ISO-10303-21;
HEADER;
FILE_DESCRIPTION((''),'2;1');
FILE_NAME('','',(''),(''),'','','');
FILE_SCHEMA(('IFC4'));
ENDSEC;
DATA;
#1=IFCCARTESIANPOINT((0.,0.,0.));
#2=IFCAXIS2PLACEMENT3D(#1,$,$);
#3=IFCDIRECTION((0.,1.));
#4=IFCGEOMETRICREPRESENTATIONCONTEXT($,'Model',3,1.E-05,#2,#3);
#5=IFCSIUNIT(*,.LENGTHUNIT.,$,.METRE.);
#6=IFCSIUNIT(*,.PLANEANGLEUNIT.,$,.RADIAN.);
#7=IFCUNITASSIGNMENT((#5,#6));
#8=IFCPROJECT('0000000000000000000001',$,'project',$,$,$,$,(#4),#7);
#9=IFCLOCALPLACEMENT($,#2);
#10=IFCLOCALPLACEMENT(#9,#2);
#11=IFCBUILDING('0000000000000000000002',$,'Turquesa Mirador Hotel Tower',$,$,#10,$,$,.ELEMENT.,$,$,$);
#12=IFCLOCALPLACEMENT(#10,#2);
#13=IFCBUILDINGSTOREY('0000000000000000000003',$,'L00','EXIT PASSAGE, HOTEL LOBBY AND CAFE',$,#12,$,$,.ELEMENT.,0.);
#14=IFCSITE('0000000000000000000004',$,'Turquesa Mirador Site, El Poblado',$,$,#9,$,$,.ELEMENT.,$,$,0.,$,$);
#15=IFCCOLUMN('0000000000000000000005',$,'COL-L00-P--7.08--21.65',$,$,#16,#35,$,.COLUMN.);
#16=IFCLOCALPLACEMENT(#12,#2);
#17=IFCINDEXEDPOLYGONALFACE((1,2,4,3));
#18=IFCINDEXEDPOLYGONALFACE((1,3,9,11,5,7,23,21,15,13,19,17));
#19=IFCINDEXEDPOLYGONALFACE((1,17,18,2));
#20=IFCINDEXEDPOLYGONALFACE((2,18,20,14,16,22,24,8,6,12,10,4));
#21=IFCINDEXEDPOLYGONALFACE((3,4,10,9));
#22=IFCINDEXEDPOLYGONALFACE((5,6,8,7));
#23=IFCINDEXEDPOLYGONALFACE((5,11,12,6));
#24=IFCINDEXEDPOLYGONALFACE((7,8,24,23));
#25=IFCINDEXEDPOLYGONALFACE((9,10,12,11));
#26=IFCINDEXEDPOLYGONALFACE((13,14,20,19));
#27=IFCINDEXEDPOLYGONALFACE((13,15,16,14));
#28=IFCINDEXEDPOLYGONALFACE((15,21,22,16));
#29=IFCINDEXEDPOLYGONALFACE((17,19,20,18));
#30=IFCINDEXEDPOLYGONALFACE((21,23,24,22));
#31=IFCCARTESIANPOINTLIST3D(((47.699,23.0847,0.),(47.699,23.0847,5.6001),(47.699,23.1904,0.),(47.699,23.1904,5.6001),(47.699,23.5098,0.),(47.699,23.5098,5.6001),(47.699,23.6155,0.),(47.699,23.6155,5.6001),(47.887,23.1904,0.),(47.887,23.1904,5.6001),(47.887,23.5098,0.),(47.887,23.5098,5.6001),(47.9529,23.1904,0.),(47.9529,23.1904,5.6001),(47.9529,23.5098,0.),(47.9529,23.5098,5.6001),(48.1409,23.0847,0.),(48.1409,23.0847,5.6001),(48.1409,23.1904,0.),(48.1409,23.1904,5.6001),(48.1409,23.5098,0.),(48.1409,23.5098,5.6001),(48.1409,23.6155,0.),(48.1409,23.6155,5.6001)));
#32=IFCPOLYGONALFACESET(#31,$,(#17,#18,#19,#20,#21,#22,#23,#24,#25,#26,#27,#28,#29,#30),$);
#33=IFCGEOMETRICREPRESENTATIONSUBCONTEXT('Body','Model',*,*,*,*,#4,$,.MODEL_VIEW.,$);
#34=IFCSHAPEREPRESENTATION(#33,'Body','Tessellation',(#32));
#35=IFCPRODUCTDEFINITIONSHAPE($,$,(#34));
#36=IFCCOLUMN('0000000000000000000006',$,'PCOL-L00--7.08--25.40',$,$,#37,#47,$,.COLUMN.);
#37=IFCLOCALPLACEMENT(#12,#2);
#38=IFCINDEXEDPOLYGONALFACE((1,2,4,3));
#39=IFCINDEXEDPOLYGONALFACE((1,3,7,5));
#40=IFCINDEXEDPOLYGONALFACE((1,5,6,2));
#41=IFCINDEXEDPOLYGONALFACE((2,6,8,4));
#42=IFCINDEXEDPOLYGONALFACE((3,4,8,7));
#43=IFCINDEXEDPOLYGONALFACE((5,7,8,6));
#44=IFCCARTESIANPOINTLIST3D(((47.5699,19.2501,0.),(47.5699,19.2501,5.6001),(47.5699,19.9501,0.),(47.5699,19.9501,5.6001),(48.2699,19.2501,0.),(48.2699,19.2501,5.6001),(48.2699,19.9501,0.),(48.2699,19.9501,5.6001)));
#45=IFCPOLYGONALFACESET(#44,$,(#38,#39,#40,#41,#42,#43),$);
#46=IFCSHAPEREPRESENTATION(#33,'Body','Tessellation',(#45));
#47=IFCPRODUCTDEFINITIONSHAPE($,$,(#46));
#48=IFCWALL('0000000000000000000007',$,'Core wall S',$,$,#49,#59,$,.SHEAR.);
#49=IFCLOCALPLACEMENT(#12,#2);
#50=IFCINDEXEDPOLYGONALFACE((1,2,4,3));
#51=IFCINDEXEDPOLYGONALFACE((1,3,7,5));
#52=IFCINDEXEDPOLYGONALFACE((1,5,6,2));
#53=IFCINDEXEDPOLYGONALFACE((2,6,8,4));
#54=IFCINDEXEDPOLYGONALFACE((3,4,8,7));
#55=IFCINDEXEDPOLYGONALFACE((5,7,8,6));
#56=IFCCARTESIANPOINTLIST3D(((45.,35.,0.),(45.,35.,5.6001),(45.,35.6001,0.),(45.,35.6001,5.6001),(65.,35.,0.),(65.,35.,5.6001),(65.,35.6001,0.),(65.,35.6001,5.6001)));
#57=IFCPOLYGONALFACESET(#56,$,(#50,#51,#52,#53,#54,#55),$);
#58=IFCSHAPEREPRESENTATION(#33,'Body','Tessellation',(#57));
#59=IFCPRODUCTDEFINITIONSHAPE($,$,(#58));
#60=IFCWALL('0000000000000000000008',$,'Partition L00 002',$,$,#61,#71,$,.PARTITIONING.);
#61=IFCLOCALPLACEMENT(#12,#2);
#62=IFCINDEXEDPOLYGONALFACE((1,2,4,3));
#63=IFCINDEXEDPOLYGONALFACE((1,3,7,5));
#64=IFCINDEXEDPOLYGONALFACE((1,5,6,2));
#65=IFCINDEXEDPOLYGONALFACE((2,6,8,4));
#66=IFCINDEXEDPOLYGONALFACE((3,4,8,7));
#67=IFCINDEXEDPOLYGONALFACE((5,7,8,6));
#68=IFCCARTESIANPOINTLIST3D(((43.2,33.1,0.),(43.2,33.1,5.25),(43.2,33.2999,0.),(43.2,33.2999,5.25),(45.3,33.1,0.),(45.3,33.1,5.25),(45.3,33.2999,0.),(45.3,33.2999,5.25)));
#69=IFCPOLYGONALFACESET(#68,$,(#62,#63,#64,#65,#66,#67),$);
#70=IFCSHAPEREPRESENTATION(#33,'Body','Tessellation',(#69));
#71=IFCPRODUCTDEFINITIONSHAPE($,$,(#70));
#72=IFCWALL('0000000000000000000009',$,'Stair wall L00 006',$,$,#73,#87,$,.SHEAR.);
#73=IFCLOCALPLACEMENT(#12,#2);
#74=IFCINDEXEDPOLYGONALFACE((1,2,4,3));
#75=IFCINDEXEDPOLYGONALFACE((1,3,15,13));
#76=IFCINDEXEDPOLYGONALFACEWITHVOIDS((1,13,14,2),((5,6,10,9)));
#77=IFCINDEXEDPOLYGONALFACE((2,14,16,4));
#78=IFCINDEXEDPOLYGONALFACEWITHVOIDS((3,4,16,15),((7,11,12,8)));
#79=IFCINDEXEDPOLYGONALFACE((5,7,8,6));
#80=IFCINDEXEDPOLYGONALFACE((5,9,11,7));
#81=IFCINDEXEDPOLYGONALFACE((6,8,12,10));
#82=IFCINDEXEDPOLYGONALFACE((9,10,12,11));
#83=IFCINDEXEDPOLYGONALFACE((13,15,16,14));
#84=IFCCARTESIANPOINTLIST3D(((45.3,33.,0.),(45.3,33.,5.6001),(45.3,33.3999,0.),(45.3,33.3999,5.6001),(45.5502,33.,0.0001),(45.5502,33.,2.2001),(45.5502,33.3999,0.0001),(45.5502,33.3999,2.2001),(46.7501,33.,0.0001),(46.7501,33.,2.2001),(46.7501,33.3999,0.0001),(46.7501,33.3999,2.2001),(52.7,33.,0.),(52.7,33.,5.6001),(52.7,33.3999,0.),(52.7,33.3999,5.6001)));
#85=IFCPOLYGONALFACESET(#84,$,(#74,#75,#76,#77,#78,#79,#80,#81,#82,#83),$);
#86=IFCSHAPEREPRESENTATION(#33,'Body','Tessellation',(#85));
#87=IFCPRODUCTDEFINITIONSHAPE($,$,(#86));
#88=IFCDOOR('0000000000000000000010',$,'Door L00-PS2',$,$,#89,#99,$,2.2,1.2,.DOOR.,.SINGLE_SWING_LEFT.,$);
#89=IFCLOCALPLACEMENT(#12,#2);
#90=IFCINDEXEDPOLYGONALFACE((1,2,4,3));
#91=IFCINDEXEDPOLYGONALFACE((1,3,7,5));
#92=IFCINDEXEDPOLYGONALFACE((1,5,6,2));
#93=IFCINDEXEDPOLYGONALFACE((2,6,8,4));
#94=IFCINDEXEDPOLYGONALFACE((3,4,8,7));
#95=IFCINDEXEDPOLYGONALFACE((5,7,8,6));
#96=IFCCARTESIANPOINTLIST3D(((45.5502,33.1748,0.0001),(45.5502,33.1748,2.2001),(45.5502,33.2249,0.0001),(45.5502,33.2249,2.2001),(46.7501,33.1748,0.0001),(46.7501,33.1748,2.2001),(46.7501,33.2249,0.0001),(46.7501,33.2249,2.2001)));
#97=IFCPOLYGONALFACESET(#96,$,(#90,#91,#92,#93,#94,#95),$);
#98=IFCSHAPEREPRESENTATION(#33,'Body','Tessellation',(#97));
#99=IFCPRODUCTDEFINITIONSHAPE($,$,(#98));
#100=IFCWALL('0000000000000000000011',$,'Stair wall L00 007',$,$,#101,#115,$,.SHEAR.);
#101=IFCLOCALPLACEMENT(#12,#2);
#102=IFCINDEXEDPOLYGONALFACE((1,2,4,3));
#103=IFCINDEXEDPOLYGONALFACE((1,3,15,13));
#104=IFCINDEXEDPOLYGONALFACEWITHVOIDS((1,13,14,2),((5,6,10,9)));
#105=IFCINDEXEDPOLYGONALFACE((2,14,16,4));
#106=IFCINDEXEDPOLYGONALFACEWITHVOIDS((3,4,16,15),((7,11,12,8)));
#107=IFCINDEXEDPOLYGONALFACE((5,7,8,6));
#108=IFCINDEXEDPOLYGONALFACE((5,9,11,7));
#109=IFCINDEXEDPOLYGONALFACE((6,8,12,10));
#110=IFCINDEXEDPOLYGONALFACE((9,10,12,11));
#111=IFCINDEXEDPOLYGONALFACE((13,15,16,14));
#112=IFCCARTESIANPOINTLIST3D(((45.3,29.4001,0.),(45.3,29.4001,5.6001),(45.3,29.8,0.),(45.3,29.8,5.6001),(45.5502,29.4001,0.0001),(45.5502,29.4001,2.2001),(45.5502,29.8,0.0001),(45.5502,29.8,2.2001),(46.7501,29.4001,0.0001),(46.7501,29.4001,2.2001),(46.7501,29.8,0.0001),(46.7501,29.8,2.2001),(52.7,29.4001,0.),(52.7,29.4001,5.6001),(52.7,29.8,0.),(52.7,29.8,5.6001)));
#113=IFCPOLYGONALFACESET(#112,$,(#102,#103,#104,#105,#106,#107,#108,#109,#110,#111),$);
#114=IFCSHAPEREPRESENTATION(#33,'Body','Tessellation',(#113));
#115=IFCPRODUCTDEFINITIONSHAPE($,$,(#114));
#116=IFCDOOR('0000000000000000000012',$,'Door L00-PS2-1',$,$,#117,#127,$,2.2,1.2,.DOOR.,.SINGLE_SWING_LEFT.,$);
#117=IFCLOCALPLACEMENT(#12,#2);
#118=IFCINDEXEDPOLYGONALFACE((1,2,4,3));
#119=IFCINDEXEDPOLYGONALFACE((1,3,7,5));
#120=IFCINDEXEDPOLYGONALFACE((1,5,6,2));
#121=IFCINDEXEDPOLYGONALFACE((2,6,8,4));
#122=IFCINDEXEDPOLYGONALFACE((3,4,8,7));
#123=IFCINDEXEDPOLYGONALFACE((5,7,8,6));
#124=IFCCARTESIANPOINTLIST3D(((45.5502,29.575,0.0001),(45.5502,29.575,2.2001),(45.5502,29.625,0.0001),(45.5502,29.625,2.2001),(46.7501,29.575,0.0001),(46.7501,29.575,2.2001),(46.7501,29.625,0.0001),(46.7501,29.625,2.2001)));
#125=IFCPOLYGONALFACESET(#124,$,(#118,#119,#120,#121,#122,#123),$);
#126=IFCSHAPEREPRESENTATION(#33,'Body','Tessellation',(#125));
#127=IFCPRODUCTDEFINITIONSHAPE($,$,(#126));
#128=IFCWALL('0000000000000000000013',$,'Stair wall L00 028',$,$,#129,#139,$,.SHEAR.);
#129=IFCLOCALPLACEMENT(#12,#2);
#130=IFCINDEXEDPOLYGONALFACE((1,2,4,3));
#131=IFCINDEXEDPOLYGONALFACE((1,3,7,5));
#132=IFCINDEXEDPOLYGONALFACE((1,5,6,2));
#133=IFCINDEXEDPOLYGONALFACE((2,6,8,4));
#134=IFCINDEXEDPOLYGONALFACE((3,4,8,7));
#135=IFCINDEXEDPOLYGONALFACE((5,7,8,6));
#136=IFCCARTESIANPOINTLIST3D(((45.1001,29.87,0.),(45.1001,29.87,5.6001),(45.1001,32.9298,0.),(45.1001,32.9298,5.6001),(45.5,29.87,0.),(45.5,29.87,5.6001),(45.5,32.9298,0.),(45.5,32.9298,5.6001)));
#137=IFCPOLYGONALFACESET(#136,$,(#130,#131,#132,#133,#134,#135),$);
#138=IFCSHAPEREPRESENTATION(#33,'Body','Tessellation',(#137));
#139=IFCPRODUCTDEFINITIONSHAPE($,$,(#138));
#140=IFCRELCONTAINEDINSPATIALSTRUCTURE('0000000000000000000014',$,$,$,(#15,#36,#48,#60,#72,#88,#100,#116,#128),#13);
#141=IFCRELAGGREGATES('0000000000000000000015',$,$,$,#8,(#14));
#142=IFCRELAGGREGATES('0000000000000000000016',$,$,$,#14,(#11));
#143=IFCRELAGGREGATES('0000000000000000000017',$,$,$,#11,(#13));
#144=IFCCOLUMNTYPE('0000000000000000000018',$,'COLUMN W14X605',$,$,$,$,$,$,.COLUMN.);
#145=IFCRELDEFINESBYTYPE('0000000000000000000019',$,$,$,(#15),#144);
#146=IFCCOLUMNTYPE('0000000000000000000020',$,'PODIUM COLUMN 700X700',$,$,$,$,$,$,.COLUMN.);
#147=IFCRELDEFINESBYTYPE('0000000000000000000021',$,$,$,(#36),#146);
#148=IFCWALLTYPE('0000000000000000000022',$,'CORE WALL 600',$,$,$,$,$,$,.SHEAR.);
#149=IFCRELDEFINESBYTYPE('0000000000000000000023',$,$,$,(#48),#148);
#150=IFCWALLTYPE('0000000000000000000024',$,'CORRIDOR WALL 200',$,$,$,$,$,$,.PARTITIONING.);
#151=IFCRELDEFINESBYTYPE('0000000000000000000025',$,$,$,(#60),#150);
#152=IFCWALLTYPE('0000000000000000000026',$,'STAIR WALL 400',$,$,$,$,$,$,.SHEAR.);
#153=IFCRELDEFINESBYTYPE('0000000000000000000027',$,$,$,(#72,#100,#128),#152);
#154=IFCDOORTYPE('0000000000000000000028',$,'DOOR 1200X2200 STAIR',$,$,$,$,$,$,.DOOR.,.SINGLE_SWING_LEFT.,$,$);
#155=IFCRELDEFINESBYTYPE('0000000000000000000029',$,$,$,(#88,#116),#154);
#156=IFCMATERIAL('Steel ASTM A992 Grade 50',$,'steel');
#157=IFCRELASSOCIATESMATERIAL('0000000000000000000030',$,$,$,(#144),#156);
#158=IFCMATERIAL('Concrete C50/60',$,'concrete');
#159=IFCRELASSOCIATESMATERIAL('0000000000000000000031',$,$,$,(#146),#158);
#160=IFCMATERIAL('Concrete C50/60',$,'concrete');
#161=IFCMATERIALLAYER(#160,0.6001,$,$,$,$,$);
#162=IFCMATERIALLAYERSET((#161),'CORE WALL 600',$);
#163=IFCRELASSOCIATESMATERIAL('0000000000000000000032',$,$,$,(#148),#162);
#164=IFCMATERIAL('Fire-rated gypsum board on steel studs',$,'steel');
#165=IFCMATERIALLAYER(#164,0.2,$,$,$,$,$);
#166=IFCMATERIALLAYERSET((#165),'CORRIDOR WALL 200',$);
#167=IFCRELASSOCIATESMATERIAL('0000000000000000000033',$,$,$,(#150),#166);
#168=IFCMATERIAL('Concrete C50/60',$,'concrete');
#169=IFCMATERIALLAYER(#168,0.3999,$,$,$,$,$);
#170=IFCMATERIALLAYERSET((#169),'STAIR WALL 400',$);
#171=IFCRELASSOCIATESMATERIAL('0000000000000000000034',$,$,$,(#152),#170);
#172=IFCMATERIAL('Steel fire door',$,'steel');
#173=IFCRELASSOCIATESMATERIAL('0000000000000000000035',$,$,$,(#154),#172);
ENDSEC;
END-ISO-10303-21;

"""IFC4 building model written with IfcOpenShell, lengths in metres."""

from ifc_helpers import new_model, si_unit, direction, frame, frame_2d, origin, origin_2d, place, context, subcontext, project, spatial, rectangle, i_section, extrude, material, layer, layer_set, material_profile, profile_set, type_object, element, fill, save


model = new_model("IFC4")

# Units and contexts
model_context = context("Model", 3, precision=1e-05, world=origin(), true_north=direction((0.0, 1.0)))
body_context = subcontext(model_context, "Body", "Model", "MODEL_VIEW")
ifc_project = project(units=[si_unit("LENGTHUNIT", "METRE"), si_unit("PLANEANGLEUNIT", "RADIAN")], contexts=[model_context])

# Site, building, storey
site_placement = place(None, origin())
site = spatial("IfcSite", under=ifc_project, at=site_placement, Name="Turquesa Mirador Site, El Poblado", CompositionType="ELEMENT", RefElevation=0.0)
building_placement = place(site_placement, origin())
building = spatial("IfcBuilding", under=site, at=building_placement, Name="Turquesa Mirador Hotel Tower", CompositionType="ELEMENT")
storey_placement = place(building_placement, origin())
storey = spatial("IfcBuildingStorey", under=building, at=storey_placement, Name="L00", Description="EXIT PASSAGE, HOTEL LOBBY AND CAFE", CompositionType="ELEMENT", Elevation=0.0)

# Columns
ifc_material_1 = material(Name="Steel ASTM A992 Grade 50", Category="steel")
ifc_material_profile_1 = material_profile(ifc_material_1, i_section(OverallWidth=0.4419, OverallDepth=0.5308, WebThickness=0.0659, FlangeThickness=0.1057, at=origin_2d()), Name="W14X605")
ifc_profile_set_1 = profile_set([ifc_material_profile_1], Name="Steel ASTM A992 Grade 50")
column_type_1 = type_object("IfcColumnType", Name="COLUMN W14X605", PredefinedType="COLUMN", material=ifc_profile_set_1)
column_1_placement = place(storey_placement, frame((47.9199, 23.3501, 0.0), z_axis=(0.0, 0.0, 1.0), x_axis=(1.0, 0.0, 0.0)))
element("IfcColumn", 1, at=column_1_placement, inside=storey, type_object=column_type_1, Name="COL-L00-P--7.08--21.65", PredefinedType="COLUMN", context=body_context, shape_type="SweptSolid", body=[
    extrude(i_section(OverallWidth=0.4419, OverallDepth=0.5308, WebThickness=0.0659, FlangeThickness=0.1057, at=origin_2d()), origin(), (0.0, 0.0, 1.0), 5.6001),
])
ifc_material_2 = material(Name="Concrete C50/60", Category="concrete")
ifc_material_profile_2 = material_profile(ifc_material_2, rectangle(XDim=0.7, YDim=0.7, at=origin_2d()), Name="RC 700X700")
ifc_profile_set_2 = profile_set([ifc_material_profile_2], Name="Concrete C50/60")
column_type_2 = type_object("IfcColumnType", Name="PODIUM COLUMN 700X700", PredefinedType="COLUMN", material=ifc_profile_set_2)
column_2_placement = place(storey_placement, frame((47.9199, 19.6001, 0.0), z_axis=(0.0, 0.0, 1.0), x_axis=(1.0, 0.0, 0.0)))
element("IfcColumn", 2, at=column_2_placement, inside=storey, type_object=column_type_2, Name="PCOL-L00--7.08--25.40", PredefinedType="COLUMN", context=body_context, shape_type="SweptSolid", body=[
    extrude(rectangle(XDim=0.7, YDim=0.7, at=origin_2d()), origin(), (0.0, 0.0, 1.0), 5.6001),
])

# Walls
ifc_material_3 = material(Name="Concrete C50/60", Category="concrete")
ifc_layer_1 = layer(ifc_material_3, 0.6001)
ifc_layer_set_1 = layer_set([ifc_layer_1], Name="CORE WALL 600")
wall_type_1 = type_object("IfcWallType", Name="CORE WALL 600", PredefinedType="SHEAR", material=ifc_layer_set_1)
wall_1_placement = place(storey_placement, frame((45.0, 35.3, 0.0), z_axis=(0.0, 0.0, 1.0), x_axis=(1.0, 0.0, 0.0)))
element("IfcWall", 3, at=wall_1_placement, inside=storey, type_object=wall_type_1, Name="Core wall S", PredefinedType="SHEAR", context=body_context, shape_type="SweptSolid", body=[
    extrude(rectangle(XDim=20.0, YDim=0.6001, at=frame_2d((10.0, 0.0))), origin(), (0.0, 0.0, 1.0), 5.6001),
])
ifc_material_4 = material(Name="Fire-rated gypsum board on steel studs", Category="steel")
ifc_layer_2 = layer(ifc_material_4, 0.2)
ifc_layer_set_2 = layer_set([ifc_layer_2], Name="CORRIDOR WALL 200")
wall_type_2 = type_object("IfcWallType", Name="CORRIDOR WALL 200", PredefinedType="PARTITIONING", material=ifc_layer_set_2)
wall_2_placement = place(storey_placement, frame((43.2, 33.2, 0.0), z_axis=(0.0, 0.0, 1.0), x_axis=(1.0, 0.0, 0.0)))
element("IfcWall", 4, at=wall_2_placement, inside=storey, type_object=wall_type_2, Name="Partition L00 002", PredefinedType="PARTITIONING", context=body_context, shape_type="SweptSolid", body=[
    extrude(rectangle(XDim=2.1001, YDim=0.2, at=frame_2d((1.05, 0.0))), origin(), (0.0, 0.0, 1.0), 5.25),
])

# Walls, openings, doors
ifc_material_5 = material(Name="Concrete C50/60", Category="concrete")
ifc_layer_3 = layer(ifc_material_5, 0.3999)
ifc_layer_set_3 = layer_set([ifc_layer_3], Name="STAIR WALL 400")
wall_type_3 = type_object("IfcWallType", Name="STAIR WALL 400", PredefinedType="SHEAR", material=ifc_layer_set_3)
wall_3_placement = place(storey_placement, frame((45.3, 33.2, 0.0), z_axis=(0.0, 0.0, 1.0), x_axis=(1.0, 0.0, 0.0)))
wall_3 = element("IfcWall", 5, at=wall_3_placement, inside=storey, type_object=wall_type_3, Name="Stair wall L00 006", PredefinedType="SHEAR", context=body_context, shape_type="SweptSolid", body=[
    extrude(rectangle(XDim=7.3999, YDim=0.3999, at=frame_2d((3.7, 0.0))), origin(), (0.0, 0.0, 1.0), 5.6001),
])
opening_1_placement = place(wall_3_placement, frame((0.25, 0.0, 0.0)))
opening_1 = element("IfcOpeningElement", 6, at=opening_1_placement, cuts=wall_3, PredefinedType="OPENING", context=body_context, shape_type="SweptSolid", body=[
    extrude(rectangle(XDim=1.2, YDim=2.2, at=frame_2d((0.6001, 1.1001))), frame((0.0, 0.21, 0.0), z_axis=(0.0, -1.0, 0.0), x_axis=(1.0, 0.0, 0.0)), (0.0, 0.0, 1.0), 0.4199),
])
ifc_material_6 = material(Name="Steel fire door", Category="steel")
door_type = type_object("IfcDoorType", Name="DOOR 1200X2200 STAIR", OperationType="SINGLE_SWING_LEFT", PredefinedType="DOOR", material=ifc_material_6)
door_1_placement = place(opening_1_placement, origin())
door_1 = element("IfcDoor", 7, at=door_1_placement, inside=storey, type_object=door_type, Name="Door L00-PS2", OperationType="SINGLE_SWING_LEFT", OverallHeight=2.2, OverallWidth=1.2, PredefinedType="DOOR", context=body_context, shape_type="SweptSolid", body=[
    extrude(rectangle(XDim=1.2, YDim=2.2, at=frame_2d((0.6001, 1.1001))), frame((0.0, 0.0249, 0.0), z_axis=(0.0, -1.0, 0.0), x_axis=(1.0, 0.0, 0.0)), (0.0, 0.0, 1.0), 0.05),
])
fill(opening_1, door_1)
wall_4_placement = place(storey_placement, frame((45.3, 29.6001, 0.0), z_axis=(0.0, 0.0, 1.0), x_axis=(1.0, 0.0, 0.0)))
wall_4 = element("IfcWall", 8, at=wall_4_placement, inside=storey, type_object=wall_type_3, Name="Stair wall L00 007", PredefinedType="SHEAR", context=body_context, shape_type="SweptSolid", body=[
    extrude(rectangle(XDim=7.3999, YDim=0.3999, at=frame_2d((3.7, 0.0))), origin(), (0.0, 0.0, 1.0), 5.6001),
])
opening_2_placement = place(wall_4_placement, frame((0.25, 0.0, 0.0)))
opening_2 = element("IfcOpeningElement", 9, at=opening_2_placement, cuts=wall_4, PredefinedType="OPENING", context=body_context, shape_type="SweptSolid", body=[
    extrude(rectangle(XDim=1.2, YDim=2.2, at=frame_2d((0.6001, 1.1001))), frame((0.0, 0.21, 0.0), z_axis=(0.0, -1.0, 0.0), x_axis=(1.0, 0.0, 0.0)), (0.0, 0.0, 1.0), 0.4199),
])
door_2_placement = place(opening_2_placement, origin())
door_2 = element("IfcDoor", 10, at=door_2_placement, inside=storey, type_object=door_type, Name="Door L00-PS2-1", OperationType="SINGLE_SWING_LEFT", OverallHeight=2.2, OverallWidth=1.2, PredefinedType="DOOR", context=body_context, shape_type="SweptSolid", body=[
    extrude(rectangle(XDim=1.2, YDim=2.2, at=frame_2d((0.6001, 1.1001))), frame((0.0, 0.0249, 0.0), z_axis=(0.0, -1.0, 0.0), x_axis=(1.0, 0.0, 0.0)), (0.0, 0.0, 1.0), 0.05),
])
fill(opening_2, door_2)

# Wall
wall_5_placement = place(storey_placement, frame((45.3, 29.8701, 0.0), z_axis=(0.0, 0.0, 1.0), x_axis=(0.0, 1.0, 0.0)))
element("IfcWall", 11, at=wall_5_placement, inside=storey, type_object=wall_type_3, Name="Stair wall L00 028", PredefinedType="SHEAR", context=body_context, shape_type="SweptSolid", body=[
    extrude(rectangle(XDim=3.0598, YDim=0.3999, at=frame_2d((1.5298, 0.0))), origin(), (0.0, 0.0, 1.0), 5.6001),
])

save(model, "model.ifc")
